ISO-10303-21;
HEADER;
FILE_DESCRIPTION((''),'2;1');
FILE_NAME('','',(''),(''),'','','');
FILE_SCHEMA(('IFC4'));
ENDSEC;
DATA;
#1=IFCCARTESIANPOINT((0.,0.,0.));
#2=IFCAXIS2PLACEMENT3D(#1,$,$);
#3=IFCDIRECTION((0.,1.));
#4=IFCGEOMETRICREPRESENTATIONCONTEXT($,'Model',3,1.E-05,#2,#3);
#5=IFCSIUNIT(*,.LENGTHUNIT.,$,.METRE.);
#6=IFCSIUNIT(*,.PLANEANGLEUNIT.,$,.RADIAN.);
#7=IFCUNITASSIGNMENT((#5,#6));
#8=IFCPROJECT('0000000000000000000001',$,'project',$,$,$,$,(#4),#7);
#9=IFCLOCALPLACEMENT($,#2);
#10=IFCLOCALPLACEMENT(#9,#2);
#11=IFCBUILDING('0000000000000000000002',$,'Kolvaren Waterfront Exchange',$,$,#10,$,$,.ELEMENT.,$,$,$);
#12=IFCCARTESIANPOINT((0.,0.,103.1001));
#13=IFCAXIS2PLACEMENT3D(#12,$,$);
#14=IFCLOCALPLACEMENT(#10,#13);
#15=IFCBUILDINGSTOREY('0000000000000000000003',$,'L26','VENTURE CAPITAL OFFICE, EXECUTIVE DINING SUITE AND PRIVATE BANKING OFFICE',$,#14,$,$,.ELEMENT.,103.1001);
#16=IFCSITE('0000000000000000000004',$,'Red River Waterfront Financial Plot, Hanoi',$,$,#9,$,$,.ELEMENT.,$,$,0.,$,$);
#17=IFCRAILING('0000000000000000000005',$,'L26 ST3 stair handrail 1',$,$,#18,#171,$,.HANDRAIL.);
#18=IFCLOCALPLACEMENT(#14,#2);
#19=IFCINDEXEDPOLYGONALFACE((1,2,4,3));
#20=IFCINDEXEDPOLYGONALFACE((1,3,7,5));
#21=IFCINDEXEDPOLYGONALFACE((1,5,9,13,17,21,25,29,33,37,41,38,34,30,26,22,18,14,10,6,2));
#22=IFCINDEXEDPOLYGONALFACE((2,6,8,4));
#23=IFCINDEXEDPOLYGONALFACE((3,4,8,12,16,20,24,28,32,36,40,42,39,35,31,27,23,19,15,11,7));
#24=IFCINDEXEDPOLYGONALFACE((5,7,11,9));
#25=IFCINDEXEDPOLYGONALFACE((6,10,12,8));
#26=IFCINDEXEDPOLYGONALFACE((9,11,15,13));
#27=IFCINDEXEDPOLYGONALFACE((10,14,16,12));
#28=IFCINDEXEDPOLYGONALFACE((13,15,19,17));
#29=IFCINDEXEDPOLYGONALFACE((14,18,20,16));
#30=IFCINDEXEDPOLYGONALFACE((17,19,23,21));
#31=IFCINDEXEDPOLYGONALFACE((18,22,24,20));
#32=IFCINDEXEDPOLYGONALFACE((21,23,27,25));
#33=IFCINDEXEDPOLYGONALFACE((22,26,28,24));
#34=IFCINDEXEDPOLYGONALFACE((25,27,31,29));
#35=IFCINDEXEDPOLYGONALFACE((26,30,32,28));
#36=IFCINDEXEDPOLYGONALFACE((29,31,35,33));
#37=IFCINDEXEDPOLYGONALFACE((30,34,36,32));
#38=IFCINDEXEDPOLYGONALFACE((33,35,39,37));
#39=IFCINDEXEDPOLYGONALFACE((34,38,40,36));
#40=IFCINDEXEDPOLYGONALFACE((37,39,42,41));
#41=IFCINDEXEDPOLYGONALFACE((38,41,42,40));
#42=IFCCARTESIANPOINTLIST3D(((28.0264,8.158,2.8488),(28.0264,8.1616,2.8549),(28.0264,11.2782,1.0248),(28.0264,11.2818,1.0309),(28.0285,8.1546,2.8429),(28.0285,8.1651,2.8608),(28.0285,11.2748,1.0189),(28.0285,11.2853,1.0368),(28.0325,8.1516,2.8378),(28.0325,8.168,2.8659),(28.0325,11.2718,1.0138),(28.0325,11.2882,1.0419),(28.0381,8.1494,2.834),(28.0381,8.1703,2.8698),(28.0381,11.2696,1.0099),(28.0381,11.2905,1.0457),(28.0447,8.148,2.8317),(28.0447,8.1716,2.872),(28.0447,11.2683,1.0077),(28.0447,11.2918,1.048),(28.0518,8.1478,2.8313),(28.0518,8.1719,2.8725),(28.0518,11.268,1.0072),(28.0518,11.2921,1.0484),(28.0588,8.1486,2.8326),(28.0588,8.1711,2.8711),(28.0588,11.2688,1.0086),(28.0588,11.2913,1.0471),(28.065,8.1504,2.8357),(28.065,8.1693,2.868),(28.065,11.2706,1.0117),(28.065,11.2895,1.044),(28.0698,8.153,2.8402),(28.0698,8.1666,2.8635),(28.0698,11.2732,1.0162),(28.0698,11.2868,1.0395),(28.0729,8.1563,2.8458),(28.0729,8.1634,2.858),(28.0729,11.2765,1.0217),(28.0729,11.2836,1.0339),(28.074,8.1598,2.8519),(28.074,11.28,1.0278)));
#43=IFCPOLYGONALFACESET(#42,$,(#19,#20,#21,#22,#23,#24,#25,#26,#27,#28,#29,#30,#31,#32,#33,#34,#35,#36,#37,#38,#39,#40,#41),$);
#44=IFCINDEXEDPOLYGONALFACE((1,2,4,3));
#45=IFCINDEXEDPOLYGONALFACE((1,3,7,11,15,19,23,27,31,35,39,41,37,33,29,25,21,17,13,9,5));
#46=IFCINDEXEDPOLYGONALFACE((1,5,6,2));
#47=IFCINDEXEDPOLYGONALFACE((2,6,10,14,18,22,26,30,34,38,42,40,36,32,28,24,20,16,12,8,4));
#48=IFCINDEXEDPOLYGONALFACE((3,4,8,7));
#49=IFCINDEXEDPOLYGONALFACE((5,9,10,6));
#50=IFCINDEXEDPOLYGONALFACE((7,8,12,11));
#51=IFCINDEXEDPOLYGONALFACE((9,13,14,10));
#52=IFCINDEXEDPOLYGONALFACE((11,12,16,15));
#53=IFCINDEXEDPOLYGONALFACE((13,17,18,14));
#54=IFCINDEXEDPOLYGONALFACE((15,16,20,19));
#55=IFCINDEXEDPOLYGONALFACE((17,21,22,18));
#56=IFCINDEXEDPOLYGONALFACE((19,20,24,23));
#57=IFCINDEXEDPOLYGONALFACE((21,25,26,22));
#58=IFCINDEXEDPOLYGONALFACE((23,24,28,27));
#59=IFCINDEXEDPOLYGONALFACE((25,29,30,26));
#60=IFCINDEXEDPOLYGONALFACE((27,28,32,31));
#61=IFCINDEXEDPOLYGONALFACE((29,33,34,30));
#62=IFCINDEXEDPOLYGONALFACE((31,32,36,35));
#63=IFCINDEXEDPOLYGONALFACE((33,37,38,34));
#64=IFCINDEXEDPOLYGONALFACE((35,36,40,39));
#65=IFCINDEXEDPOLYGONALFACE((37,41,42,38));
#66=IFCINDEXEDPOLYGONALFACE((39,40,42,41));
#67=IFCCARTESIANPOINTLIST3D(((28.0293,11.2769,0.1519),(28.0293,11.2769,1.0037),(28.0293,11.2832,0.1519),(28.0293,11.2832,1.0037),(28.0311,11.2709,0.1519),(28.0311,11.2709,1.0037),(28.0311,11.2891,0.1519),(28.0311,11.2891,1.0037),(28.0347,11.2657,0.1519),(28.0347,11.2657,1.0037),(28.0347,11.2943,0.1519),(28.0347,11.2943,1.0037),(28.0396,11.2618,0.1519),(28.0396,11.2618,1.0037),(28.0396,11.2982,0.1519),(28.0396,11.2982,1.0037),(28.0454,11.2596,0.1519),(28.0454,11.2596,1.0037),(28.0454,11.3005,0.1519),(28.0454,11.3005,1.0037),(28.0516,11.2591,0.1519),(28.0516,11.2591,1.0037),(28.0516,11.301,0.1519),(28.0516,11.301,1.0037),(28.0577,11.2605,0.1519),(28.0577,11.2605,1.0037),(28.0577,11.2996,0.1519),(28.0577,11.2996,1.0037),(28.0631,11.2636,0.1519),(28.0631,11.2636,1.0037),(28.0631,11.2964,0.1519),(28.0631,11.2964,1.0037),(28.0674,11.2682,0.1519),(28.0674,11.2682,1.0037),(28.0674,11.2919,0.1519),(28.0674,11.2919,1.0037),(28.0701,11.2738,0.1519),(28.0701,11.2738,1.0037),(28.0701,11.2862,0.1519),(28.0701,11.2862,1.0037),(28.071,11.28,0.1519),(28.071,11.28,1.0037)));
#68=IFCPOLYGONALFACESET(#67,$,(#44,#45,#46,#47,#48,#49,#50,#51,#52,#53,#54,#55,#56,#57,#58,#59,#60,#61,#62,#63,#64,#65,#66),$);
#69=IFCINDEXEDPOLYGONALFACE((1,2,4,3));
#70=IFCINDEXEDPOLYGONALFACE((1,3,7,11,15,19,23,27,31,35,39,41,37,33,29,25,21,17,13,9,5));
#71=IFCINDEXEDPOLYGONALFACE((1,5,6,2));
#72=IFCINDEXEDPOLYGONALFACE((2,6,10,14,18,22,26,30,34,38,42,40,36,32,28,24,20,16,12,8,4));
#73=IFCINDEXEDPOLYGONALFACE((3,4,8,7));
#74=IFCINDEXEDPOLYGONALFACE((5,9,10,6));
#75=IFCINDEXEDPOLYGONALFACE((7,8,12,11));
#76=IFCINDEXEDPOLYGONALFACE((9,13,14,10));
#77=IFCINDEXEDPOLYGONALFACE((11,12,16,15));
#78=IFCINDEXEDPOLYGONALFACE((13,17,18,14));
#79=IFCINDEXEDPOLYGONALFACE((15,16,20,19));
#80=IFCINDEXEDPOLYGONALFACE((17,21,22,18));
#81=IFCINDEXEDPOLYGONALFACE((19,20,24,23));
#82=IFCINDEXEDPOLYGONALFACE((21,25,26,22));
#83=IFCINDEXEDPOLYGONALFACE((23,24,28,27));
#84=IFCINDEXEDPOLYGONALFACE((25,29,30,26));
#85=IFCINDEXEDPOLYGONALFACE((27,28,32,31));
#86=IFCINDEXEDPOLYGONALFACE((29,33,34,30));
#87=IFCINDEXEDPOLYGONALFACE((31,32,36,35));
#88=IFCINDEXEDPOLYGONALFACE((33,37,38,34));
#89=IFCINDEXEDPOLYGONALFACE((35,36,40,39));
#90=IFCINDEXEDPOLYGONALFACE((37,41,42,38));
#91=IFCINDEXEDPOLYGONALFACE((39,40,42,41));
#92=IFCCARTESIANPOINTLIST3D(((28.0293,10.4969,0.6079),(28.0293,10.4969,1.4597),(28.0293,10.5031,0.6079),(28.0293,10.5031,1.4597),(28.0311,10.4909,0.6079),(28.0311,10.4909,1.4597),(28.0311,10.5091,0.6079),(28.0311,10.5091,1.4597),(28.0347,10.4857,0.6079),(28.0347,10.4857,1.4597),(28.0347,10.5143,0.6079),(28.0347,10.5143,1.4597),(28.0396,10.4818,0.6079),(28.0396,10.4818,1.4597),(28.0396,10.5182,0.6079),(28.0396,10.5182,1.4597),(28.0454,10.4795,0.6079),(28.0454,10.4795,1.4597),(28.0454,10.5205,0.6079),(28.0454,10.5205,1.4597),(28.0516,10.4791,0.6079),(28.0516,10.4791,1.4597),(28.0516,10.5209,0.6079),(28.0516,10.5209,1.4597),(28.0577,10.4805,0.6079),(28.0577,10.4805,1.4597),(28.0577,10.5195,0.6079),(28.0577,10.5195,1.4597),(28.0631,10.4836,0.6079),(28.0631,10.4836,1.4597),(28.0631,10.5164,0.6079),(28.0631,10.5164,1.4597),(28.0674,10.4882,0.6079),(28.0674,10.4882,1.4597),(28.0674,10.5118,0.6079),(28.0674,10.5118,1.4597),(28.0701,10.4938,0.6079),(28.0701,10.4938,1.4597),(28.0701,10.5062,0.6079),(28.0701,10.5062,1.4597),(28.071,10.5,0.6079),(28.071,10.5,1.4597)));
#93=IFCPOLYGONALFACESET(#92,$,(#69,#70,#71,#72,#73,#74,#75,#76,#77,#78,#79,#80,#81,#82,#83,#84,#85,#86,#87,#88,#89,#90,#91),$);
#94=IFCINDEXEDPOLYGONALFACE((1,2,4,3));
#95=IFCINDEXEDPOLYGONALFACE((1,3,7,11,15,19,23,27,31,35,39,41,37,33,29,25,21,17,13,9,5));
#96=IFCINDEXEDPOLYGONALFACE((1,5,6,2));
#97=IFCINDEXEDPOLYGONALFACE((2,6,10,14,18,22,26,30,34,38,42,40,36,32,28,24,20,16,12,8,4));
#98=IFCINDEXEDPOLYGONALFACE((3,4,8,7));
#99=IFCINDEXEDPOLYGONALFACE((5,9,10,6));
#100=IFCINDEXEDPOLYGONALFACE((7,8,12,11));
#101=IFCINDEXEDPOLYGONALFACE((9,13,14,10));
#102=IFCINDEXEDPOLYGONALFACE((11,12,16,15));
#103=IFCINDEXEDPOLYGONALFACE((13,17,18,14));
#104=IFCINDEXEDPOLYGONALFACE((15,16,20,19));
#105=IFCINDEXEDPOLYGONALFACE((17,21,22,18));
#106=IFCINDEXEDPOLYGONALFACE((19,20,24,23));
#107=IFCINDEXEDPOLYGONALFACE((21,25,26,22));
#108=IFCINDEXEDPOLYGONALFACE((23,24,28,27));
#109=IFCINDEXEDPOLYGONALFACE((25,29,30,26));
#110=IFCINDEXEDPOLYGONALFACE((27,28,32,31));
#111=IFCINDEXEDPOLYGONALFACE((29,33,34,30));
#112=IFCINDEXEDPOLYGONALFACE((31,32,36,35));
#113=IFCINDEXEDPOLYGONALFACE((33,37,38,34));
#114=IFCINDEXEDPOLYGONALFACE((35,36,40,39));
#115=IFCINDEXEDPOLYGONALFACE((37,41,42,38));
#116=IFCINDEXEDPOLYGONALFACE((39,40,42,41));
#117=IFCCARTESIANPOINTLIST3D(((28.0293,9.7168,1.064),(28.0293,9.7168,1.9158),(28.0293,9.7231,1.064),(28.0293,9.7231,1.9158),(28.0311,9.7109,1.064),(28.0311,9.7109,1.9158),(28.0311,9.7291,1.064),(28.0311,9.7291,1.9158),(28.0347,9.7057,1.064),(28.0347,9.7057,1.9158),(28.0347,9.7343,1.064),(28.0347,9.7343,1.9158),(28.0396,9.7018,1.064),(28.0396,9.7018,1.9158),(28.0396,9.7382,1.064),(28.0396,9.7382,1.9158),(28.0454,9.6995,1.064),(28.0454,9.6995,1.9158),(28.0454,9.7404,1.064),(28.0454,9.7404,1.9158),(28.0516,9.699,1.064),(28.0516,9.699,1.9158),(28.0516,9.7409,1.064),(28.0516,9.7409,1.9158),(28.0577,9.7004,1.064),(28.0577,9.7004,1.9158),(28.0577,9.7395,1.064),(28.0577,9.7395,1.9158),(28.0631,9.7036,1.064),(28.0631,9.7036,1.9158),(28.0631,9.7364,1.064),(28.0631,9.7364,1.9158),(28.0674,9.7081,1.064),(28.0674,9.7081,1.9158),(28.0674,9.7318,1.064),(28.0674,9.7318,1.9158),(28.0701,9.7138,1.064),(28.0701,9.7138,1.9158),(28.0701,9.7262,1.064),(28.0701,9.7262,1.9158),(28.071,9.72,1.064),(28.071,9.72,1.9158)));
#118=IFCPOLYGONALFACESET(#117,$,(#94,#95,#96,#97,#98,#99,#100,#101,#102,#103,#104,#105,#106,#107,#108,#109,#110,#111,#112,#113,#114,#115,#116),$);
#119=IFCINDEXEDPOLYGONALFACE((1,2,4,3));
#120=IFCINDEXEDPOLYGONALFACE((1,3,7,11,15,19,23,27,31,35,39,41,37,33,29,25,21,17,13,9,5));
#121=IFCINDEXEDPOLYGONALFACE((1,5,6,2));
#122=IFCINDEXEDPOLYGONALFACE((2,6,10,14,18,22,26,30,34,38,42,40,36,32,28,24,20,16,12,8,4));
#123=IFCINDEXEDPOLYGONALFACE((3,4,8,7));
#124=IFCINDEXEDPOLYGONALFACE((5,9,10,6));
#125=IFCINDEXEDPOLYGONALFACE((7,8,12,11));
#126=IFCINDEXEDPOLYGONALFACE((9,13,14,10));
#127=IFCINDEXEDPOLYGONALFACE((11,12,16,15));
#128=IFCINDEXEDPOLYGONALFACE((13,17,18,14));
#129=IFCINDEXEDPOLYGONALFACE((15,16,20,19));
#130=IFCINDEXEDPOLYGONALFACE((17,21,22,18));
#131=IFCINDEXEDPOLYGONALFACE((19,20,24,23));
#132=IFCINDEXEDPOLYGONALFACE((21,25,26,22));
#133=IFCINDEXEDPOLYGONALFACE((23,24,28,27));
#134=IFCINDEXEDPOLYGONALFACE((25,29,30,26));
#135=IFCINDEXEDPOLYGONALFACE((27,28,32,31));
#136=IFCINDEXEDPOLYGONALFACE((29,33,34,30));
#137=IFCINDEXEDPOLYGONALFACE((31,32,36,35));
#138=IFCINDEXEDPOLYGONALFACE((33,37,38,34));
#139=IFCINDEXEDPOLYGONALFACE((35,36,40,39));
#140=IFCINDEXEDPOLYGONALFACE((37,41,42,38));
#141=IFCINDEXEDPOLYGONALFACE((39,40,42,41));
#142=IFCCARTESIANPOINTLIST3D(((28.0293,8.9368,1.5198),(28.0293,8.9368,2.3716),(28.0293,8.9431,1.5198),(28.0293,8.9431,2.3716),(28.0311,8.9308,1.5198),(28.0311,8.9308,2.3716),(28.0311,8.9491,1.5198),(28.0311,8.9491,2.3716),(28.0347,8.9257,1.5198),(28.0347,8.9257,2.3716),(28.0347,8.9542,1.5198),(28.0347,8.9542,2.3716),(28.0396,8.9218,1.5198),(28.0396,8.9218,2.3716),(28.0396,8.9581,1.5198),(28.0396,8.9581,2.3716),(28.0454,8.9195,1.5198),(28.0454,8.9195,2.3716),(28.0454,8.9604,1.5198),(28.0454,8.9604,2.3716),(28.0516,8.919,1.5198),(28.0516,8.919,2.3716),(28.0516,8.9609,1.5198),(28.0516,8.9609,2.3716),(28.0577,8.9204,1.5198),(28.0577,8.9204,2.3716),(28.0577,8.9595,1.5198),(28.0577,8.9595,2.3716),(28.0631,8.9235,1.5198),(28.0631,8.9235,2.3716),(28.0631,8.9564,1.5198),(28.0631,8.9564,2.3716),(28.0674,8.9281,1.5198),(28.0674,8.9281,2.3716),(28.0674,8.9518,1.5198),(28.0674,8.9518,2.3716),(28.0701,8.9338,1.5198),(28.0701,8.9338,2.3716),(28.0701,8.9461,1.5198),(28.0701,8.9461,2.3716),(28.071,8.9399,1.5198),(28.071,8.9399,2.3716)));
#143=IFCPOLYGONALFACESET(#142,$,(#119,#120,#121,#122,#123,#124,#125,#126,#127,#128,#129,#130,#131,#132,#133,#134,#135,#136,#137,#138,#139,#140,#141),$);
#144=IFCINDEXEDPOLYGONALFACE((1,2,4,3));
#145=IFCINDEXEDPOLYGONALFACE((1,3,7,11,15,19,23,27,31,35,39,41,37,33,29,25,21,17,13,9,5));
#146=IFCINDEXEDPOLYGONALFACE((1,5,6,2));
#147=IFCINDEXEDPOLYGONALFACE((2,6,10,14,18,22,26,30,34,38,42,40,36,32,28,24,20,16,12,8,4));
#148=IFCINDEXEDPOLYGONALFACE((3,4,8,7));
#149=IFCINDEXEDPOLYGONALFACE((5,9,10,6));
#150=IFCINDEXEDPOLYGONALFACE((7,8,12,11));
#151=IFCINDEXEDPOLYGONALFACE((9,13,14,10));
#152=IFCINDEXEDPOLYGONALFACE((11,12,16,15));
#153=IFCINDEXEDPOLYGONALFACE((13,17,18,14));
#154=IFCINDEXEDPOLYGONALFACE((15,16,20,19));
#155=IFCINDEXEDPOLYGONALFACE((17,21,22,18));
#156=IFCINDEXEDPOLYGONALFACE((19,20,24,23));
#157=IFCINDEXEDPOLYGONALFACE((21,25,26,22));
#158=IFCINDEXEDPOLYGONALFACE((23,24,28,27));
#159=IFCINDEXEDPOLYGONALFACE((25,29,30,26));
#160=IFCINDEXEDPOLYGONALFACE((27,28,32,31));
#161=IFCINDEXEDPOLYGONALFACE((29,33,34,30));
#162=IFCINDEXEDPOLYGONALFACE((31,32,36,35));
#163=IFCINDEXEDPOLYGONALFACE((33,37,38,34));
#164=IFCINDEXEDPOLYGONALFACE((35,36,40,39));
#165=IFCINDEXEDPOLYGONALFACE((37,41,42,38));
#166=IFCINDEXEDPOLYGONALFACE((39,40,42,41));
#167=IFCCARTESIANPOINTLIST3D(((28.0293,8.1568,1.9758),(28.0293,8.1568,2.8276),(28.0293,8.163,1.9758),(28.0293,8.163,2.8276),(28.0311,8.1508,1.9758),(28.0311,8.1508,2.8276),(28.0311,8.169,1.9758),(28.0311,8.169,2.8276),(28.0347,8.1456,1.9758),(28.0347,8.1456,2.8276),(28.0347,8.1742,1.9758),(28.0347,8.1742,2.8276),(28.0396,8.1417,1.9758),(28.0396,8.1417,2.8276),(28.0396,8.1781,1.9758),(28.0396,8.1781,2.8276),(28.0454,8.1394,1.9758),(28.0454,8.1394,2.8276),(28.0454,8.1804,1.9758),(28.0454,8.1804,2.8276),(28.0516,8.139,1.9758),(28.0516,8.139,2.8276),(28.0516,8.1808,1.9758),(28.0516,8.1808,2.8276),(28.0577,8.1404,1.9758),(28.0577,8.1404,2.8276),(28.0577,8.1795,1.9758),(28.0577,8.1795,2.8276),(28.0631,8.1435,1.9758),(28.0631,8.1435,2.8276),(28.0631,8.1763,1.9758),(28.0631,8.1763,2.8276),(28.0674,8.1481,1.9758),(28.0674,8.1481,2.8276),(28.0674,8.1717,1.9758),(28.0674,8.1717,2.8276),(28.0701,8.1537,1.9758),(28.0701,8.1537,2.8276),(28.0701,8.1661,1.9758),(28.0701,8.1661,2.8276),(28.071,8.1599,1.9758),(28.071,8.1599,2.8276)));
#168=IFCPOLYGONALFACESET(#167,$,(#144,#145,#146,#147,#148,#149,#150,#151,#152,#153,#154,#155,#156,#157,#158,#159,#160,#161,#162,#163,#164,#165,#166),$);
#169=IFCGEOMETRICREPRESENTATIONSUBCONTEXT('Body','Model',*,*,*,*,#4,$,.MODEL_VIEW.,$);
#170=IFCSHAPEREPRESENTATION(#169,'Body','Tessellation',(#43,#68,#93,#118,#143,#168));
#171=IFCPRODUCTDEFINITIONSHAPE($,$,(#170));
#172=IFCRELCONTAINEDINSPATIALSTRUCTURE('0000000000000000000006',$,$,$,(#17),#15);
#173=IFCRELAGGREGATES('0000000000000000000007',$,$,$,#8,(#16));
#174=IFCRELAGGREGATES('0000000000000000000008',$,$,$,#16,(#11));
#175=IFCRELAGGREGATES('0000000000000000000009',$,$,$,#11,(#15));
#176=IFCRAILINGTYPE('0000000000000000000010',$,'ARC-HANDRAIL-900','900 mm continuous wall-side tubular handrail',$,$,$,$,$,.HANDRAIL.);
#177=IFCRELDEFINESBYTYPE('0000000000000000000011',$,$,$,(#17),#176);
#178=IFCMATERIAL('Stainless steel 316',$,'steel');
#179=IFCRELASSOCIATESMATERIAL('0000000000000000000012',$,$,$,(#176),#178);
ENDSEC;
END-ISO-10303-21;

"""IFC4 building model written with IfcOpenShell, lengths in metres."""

from ifc_helpers import new_model, si_unit, direction, frame, origin, origin_2d, place, context, subcontext, project, spatial, circle, extrude, material, type_object, element, save


model = new_model("IFC4")

# Units and contexts
model_context = context("Model", 3, precision=1e-05, world=origin(), true_north=direction((0.0, 1.0)))
body_context = subcontext(model_context, "Body", "Model", "MODEL_VIEW")
ifc_project = project(units=[si_unit("LENGTHUNIT", "METRE"), si_unit("PLANEANGLEUNIT", "RADIAN")], contexts=[model_context])

# Site, building, storey
site_placement = place(None, origin())
site = spatial("IfcSite", under=ifc_project, at=site_placement, Name="Red River Waterfront Financial Plot, Hanoi", CompositionType="ELEMENT", RefElevation=0.0)
building_placement = place(site_placement, origin())
building = spatial("IfcBuilding", under=site, at=building_placement, Name="Kolvaren Waterfront Exchange", CompositionType="ELEMENT")
storey_placement = place(building_placement, frame((0.0, 0.0, 103.1001)))
storey = spatial("IfcBuildingStorey", under=building, at=storey_placement, Name="L26", Description="VENTURE CAPITAL OFFICE, EXECUTIVE DINING SUITE AND PRIVATE BANKING OFFICE", CompositionType="ELEMENT", Elevation=103.1001)

# Railing
ifc_material_1 = material(Name="Stainless steel 316", Category="steel")
railing_type_1 = type_object("IfcRailingType", Name="ARC-HANDRAIL-900", Description="900 mm continuous wall-side tubular handrail", PredefinedType="HANDRAIL", material=ifc_material_1)
railing_1_placement = place(storey_placement, frame((28.05, 11.28, 0.1519)))
element("IfcRailing", 1, at=railing_1_placement, inside=storey, type_object=railing_type_1, Name="L26 ST3 stair handrail 1", PredefinedType="HANDRAIL", context=body_context, shape_type="SweptSolid", body=[
    extrude(circle(Radius=0.0239, at=origin_2d()), frame((0.0, 0.0, 0.876), z_axis=(0.0, -0.863308, 0.504677), x_axis=(1.0, 0.0, 0.0)), (0.0, 0.0, 1.0), 3.6143),
    extrude(circle(Radius=0.021, at=origin_2d()), origin(), (0.0, 0.0, 1.0), 0.8518),
    extrude(circle(Radius=0.021, at=origin_2d()), frame((0.0, -0.78, 0.4561)), (0.0, 0.0, 1.0), 0.8518),
    extrude(circle(Radius=0.021, at=origin_2d()), frame((0.0, -1.5601, 0.9121)), (0.0, 0.0, 1.0), 0.8518),
    extrude(circle(Radius=0.021, at=origin_2d()), frame((0.0, -2.3401, 1.3679)), (0.0, 0.0, 1.0), 0.8518),
    extrude(circle(Radius=0.021, at=origin_2d()), frame((0.0, -3.1201, 1.824)), (0.0, 0.0, 1.0), 0.8518),
])

save(model, "model.ifc")
